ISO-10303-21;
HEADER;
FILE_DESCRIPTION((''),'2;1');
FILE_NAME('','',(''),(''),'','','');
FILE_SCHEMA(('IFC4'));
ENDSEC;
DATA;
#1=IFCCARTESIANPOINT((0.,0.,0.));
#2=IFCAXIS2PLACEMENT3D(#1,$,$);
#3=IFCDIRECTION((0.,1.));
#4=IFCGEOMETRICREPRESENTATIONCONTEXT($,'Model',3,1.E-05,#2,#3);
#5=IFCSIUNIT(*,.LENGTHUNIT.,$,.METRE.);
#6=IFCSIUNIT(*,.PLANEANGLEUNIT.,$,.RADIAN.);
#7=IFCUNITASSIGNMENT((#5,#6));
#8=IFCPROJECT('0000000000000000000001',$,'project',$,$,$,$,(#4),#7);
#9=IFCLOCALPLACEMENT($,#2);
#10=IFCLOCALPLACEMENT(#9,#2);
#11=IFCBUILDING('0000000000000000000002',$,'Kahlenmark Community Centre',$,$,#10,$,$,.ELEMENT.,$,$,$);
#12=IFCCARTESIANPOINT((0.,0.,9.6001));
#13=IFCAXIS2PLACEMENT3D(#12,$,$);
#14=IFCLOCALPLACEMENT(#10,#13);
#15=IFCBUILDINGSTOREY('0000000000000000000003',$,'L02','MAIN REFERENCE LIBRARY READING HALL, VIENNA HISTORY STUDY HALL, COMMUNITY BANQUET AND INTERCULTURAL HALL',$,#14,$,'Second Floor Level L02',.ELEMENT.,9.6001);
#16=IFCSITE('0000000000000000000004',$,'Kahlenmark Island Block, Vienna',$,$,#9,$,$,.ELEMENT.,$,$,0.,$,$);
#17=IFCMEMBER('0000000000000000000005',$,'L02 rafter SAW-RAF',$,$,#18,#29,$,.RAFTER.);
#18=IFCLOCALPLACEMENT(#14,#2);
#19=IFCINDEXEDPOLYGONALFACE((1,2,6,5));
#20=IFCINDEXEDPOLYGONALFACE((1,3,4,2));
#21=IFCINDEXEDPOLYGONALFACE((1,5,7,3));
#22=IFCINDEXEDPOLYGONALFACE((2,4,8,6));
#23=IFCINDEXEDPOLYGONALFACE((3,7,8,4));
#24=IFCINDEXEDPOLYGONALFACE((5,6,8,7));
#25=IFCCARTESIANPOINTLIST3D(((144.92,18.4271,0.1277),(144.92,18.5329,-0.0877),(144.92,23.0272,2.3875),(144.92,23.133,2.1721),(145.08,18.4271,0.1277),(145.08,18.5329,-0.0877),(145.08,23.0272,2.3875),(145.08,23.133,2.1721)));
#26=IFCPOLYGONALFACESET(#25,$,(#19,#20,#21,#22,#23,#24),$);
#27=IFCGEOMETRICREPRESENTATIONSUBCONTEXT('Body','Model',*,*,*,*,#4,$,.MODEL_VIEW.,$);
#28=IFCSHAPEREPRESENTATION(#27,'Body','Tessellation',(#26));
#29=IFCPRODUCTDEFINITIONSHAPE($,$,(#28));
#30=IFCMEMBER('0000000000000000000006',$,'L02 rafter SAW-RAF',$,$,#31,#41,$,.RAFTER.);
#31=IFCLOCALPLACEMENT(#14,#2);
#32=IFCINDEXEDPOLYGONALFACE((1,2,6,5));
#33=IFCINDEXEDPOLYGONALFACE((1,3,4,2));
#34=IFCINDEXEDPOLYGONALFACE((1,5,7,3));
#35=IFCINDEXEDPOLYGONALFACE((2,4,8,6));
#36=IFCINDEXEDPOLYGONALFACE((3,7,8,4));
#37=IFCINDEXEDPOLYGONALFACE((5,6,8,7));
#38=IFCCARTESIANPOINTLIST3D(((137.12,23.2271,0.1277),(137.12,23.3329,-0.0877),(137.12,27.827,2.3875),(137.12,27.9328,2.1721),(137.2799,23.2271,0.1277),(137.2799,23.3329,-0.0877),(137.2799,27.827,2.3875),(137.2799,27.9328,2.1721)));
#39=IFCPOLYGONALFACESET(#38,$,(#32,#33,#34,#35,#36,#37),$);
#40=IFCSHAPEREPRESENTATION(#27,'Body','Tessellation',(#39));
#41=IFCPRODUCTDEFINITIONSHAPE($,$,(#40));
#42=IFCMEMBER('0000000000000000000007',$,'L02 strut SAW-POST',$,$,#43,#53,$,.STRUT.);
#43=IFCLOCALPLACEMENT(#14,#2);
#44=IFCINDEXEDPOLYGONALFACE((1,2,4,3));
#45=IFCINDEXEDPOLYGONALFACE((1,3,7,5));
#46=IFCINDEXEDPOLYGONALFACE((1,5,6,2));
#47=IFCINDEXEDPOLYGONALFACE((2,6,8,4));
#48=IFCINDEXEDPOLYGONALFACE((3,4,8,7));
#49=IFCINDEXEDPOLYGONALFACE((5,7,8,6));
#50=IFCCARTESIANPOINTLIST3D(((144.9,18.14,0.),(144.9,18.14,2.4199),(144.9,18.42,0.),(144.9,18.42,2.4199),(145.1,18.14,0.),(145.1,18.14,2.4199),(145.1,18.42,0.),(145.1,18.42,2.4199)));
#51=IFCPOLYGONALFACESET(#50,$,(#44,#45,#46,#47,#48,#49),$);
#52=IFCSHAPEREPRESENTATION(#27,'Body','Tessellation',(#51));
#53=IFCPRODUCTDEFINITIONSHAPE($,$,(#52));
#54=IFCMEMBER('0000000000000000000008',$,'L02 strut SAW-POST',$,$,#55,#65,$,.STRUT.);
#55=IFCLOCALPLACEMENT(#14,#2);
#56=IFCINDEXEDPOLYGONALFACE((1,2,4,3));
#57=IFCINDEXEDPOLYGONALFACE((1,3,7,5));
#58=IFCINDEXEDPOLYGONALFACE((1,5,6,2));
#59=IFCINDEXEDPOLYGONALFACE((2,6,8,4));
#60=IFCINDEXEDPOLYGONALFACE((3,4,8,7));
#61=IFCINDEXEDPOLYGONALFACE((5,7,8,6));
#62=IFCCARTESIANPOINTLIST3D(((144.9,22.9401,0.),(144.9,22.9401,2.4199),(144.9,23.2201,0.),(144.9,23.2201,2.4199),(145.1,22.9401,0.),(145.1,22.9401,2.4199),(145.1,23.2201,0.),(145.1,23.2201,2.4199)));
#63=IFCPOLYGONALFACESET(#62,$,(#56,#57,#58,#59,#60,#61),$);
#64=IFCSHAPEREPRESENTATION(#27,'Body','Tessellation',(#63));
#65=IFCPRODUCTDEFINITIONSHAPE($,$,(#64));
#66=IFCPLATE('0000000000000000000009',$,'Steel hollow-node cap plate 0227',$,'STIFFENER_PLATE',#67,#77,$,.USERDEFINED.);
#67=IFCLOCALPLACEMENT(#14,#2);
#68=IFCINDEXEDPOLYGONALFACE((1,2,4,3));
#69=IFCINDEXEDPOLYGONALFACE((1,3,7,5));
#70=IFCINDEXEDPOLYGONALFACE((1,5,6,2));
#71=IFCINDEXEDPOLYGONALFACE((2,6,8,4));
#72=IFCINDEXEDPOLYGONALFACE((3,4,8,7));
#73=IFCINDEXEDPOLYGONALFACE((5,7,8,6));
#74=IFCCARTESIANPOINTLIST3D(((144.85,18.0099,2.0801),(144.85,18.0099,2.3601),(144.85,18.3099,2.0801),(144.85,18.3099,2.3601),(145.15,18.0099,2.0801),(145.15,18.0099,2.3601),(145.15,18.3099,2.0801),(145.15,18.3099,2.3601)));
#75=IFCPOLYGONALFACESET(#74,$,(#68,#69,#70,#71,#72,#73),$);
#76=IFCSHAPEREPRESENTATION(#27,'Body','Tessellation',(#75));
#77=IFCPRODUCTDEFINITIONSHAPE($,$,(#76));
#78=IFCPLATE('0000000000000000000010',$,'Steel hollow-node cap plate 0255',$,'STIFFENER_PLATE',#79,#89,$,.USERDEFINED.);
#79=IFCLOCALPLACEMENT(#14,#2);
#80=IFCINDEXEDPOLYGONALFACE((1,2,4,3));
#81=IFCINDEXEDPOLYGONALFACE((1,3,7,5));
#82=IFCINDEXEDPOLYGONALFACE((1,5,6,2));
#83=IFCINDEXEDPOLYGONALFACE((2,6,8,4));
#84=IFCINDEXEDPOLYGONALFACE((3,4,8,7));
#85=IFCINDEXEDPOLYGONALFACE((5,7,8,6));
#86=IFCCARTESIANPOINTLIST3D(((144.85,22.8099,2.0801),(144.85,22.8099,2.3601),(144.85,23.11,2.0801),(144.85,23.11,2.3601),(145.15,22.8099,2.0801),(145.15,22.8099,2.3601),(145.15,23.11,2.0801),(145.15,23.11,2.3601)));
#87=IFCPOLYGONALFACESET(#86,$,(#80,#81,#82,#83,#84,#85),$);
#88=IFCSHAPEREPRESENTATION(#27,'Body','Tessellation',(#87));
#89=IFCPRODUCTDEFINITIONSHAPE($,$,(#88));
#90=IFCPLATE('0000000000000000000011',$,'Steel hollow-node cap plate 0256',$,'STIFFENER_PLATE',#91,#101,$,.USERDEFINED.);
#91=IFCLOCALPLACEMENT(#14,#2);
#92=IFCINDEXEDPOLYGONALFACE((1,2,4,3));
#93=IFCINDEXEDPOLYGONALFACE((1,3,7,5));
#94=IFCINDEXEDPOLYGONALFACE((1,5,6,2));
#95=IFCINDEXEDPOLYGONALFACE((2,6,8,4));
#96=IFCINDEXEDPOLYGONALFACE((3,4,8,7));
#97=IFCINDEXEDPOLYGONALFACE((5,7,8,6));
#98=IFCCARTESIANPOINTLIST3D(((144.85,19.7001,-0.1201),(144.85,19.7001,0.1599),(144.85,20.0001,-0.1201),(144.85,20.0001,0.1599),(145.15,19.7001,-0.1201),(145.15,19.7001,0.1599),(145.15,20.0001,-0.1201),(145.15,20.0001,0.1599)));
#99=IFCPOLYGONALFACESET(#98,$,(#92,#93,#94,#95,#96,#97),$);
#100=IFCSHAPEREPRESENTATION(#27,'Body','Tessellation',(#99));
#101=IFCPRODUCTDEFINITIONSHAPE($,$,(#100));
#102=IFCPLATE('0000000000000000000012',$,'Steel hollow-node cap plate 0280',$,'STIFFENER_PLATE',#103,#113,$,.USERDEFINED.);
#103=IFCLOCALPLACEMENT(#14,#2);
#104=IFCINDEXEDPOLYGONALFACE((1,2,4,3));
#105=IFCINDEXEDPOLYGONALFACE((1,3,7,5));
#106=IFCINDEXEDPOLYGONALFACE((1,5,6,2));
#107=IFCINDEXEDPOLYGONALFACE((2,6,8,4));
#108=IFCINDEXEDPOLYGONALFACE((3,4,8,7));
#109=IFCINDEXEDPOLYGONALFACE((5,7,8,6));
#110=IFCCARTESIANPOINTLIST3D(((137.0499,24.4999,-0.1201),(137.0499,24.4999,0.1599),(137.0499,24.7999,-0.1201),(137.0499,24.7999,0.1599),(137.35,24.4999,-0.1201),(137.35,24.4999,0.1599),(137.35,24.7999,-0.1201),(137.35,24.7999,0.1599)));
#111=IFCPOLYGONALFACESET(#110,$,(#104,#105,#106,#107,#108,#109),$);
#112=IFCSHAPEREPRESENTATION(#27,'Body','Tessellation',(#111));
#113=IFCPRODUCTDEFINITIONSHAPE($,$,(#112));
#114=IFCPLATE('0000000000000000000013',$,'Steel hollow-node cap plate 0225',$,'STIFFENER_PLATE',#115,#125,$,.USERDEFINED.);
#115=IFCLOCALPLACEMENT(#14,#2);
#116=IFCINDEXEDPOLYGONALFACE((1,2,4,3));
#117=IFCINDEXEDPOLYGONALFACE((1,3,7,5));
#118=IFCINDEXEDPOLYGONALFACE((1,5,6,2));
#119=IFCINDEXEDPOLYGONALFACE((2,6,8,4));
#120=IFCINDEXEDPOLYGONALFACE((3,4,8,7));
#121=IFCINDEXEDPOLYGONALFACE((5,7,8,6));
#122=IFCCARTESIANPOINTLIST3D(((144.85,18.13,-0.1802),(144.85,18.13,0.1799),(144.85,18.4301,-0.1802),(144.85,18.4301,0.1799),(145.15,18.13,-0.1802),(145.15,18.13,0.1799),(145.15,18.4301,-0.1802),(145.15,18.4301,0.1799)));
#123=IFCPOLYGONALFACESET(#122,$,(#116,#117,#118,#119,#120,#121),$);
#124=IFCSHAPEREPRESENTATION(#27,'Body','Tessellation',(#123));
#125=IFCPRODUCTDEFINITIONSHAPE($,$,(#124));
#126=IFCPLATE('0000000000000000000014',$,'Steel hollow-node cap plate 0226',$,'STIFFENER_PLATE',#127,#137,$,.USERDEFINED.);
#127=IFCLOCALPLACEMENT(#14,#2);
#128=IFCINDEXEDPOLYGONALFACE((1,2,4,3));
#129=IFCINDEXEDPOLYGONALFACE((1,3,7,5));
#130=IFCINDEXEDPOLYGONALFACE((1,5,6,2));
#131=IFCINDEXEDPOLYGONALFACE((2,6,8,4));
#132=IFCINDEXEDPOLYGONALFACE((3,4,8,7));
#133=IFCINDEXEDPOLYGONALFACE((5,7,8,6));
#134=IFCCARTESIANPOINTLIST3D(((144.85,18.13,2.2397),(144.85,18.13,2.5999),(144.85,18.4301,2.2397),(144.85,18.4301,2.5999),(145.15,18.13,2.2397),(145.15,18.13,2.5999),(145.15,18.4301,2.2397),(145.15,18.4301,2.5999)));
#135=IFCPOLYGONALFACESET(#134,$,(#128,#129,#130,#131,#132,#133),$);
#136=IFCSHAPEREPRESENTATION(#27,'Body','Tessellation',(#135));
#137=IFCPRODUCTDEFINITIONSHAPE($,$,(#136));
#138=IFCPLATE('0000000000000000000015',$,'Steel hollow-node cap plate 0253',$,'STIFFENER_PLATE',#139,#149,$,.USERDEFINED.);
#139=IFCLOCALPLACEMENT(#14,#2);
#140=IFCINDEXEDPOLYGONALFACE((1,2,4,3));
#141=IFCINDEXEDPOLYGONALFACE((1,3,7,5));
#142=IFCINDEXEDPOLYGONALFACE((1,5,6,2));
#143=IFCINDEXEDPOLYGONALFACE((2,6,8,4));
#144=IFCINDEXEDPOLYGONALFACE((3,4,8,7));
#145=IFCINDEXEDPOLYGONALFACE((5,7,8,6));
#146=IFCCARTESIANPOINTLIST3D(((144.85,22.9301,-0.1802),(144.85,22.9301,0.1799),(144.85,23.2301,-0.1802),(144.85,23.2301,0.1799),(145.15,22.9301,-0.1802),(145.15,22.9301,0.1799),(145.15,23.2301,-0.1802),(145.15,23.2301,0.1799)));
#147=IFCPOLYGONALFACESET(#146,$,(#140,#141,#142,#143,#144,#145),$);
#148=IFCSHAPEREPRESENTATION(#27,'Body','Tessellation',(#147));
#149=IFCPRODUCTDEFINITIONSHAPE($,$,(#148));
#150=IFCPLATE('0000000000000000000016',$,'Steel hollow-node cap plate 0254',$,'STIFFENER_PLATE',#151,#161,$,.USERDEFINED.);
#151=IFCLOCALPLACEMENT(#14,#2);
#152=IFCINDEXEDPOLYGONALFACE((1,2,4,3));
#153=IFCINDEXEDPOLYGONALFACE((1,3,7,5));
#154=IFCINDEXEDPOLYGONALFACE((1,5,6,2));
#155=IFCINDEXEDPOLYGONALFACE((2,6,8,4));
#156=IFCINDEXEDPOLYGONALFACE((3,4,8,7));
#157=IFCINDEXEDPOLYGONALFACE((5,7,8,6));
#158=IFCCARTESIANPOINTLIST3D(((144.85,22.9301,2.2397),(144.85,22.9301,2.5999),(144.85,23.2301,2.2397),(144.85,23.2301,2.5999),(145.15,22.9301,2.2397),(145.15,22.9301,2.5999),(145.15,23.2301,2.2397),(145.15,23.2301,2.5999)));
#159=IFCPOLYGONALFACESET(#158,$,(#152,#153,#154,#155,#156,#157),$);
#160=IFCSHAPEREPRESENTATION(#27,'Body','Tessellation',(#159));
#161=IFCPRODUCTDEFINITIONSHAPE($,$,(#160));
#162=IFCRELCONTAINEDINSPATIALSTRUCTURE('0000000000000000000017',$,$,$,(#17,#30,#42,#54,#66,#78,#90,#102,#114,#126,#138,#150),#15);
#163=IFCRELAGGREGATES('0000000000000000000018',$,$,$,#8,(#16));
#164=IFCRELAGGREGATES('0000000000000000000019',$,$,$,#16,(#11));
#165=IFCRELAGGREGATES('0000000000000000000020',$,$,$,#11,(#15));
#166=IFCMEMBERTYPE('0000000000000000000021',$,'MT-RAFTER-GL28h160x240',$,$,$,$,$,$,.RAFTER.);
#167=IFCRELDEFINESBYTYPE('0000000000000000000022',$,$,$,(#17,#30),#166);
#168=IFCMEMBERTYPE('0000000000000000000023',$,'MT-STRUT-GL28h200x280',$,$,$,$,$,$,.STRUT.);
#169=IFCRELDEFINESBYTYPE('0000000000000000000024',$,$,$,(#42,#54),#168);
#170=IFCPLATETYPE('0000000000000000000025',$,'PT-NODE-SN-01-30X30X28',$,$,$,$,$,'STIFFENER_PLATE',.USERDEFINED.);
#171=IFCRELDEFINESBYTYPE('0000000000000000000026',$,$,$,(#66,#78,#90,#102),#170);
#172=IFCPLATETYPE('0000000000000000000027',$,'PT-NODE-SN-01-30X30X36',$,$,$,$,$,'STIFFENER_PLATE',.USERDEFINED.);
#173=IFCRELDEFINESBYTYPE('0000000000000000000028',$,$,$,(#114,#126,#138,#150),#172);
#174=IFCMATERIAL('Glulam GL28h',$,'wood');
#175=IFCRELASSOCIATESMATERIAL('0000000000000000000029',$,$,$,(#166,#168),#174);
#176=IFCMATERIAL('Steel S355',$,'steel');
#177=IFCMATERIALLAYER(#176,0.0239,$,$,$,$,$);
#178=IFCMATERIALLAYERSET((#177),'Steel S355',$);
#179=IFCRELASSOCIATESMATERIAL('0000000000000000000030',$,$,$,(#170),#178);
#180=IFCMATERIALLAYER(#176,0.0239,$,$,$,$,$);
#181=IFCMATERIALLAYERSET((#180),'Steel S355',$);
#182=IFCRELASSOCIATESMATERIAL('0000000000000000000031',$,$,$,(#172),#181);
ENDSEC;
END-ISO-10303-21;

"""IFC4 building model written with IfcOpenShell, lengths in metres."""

from ifc_helpers import new_model, si_unit, direction, frame, origin, origin_2d, place, context, subcontext, project, spatial, rectangle, extrude, material, layer, layer_set, material_profile, profile_set, type_object, element, save


model = new_model("IFC4")

# Units and contexts
model_context = context("Model", 3, precision=1e-05, world=origin(), true_north=direction((0.0, 1.0)))
body_context = subcontext(model_context, "Body", "Model", "MODEL_VIEW")
ifc_project = project(units=[si_unit("LENGTHUNIT", "METRE"), si_unit("PLANEANGLEUNIT", "RADIAN")], contexts=[model_context])

# Site, building, storey
site_placement = place(None, origin())
site = spatial("IfcSite", under=ifc_project, at=site_placement, Name="Kahlenmark Island Block, Vienna", CompositionType="ELEMENT", RefElevation=0.0)
building_placement = place(site_placement, origin())
building = spatial("IfcBuilding", under=site, at=building_placement, Name="Kahlenmark Community Centre", CompositionType="ELEMENT")
storey_placement = place(building_placement, frame((0.0, 0.0, 9.6001)))
storey = spatial("IfcBuildingStorey", under=building, at=storey_placement, Name="L02", Description="MAIN REFERENCE LIBRARY READING HALL, VIENNA HISTORY STUDY HALL, COMMUNITY BANQUET AND INTERCULTURAL HALL", LongName="Second Floor Level L02", CompositionType="ELEMENT", Elevation=9.6001)

# Members
ifc_material_1 = material(Name="Steel S355", Category="steel")
ifc_material_2 = material(Name="Glulam GL28h", Category="wood")
ifc_material_profile_1 = material_profile(ifc_material_2, rectangle(XDim=0.1599, YDim=0.24, at=origin_2d()), Name="GL28h 160x240")
ifc_profile_set_1 = profile_set([ifc_material_profile_1], Name="Glulam GL28h")
member_type_1 = type_object("IfcMemberType", Name="MT-RAFTER-GL28h160x240", PredefinedType="RAFTER", material=ifc_profile_set_1)
member_1_placement = place(storey_placement, frame((145.0, 18.48, 0.02), z_axis=(0.0, 0.897549, 0.440915), x_axis=(-1.0, 0.0, 0.0)))
element("IfcMember", 1, at=member_1_placement, inside=storey, type_object=member_type_1, Name="L02 rafter SAW-RAF", PredefinedType="RAFTER", context=body_context, shape_type="SweptSolid", body=[
    extrude(rectangle(XDim=0.1599, YDim=0.24, at=origin_2d()), origin(), (0.0, 0.0, 1.0), 5.1252),
])
member_2_placement = place(storey_placement, frame((137.2, 23.28, 0.02), z_axis=(0.0, 0.89754, 0.440934), x_axis=(-1.0, 0.0, 0.0)))
element("IfcMember", 2, at=member_2_placement, inside=storey, type_object=member_type_1, Name="L02 rafter SAW-RAF", PredefinedType="RAFTER", context=body_context, shape_type="SweptSolid", body=[
    extrude(rectangle(XDim=0.1599, YDim=0.24, at=origin_2d()), origin(), (0.0, 0.0, 1.0), 5.125),
])
ifc_material_profile_2 = material_profile(ifc_material_2, rectangle(XDim=0.2, YDim=0.28, at=origin_2d()), Name="GL28h 200x280")
ifc_profile_set_2 = profile_set([ifc_material_profile_2], Name="Glulam GL28h")
member_type_2 = type_object("IfcMemberType", Name="MT-STRUT-GL28h200x280", PredefinedType="STRUT", material=ifc_profile_set_2)
for number, where, z_axis, x_axis, name in (
    (3, (145.0, 18.28, 0.0), (0.0, 0.0, 1.0), (1.0, 0.0, 0.0), "L02 strut SAW-POST"),
    (4, (145.0, 23.0801, 0.0), (0.0, 0.0, 1.0), (1.0, 0.0, 0.0), "L02 strut SAW-POST"),
):
    element("IfcMember", number, at=place(storey_placement, frame(where, z_axis=z_axis, x_axis=x_axis)), inside=storey, type_object=member_type_2, Name=name, PredefinedType="STRUT", context=body_context, shape_type="SweptSolid", body=[
        extrude(rectangle(XDim=0.2, YDim=0.28, at=origin_2d()), origin(), (0.0, 0.0, 1.0), 2.4199),
    ])

# Plates
ifc_layer_1 = layer(ifc_material_1, 0.0239)
ifc_layer_set_1 = layer_set([ifc_layer_1], Name="Steel S355")
plate_type_1 = type_object("IfcPlateType", Name="PT-NODE-SN-01-30X30X28", ElementType="STIFFENER_PLATE", PredefinedType="USERDEFINED", material=ifc_layer_set_1)
for number, where, z_axis, x_axis, name in (
    (5, (145.0, 18.1599, 2.0801), (0.0, 0.0, 1.0), (1.0, 0.0, 0.0), "Steel hollow-node cap plate 0227"),
    (6, (145.0, 22.96, 2.0801), (0.0, 0.0, 1.0), (1.0, 0.0, 0.0), "Steel hollow-node cap plate 0255"),
    (7, (145.0, 19.8501, -0.1201), (0.0, 0.0, 1.0), (1.0, 0.0, 0.0), "Steel hollow-node cap plate 0256"),
    (8, (137.2, 24.6499, -0.1201), (0.0, 0.0, 1.0), (1.0, 0.0, 0.0), "Steel hollow-node cap plate 0280"),
):
    element("IfcPlate", number, at=place(storey_placement, frame(where, z_axis=z_axis, x_axis=x_axis)), inside=storey, type_object=plate_type_1, Name=name, ObjectType="STIFFENER_PLATE", PredefinedType="USERDEFINED", context=body_context, shape_type="SweptSolid", body=[
        extrude(rectangle(XDim=0.3, YDim=0.3, at=origin_2d()), origin(), (0.0, 0.0, 1.0), 0.28),
    ])
ifc_layer_2 = layer(ifc_material_1, 0.0239)
ifc_layer_set_2 = layer_set([ifc_layer_2], Name="Steel S355")
plate_type_2 = type_object("IfcPlateType", Name="PT-NODE-SN-01-30X30X36", ElementType="STIFFENER_PLATE", PredefinedType="USERDEFINED", material=ifc_layer_set_2)
for number, where, z_axis, x_axis, name in (
    (9, (145.0, 18.28, -0.1802), (0.0, 0.0, 1.0), (1.0, 0.0, 0.0), "Steel hollow-node cap plate 0225"),
    (10, (145.0, 18.28, 2.2397), (0.0, 0.0, 1.0), (1.0, 0.0, 0.0), "Steel hollow-node cap plate 0226"),
    (11, (145.0, 23.0801, -0.1802), (0.0, 0.0, 1.0), (1.0, 0.0, 0.0), "Steel hollow-node cap plate 0253"),
    (12, (145.0, 23.0801, 2.2397), (0.0, 0.0, 1.0), (1.0, 0.0, 0.0), "Steel hollow-node cap plate 0254"),
):
    element("IfcPlate", number, at=place(storey_placement, frame(where, z_axis=z_axis, x_axis=x_axis)), inside=storey, type_object=plate_type_2, Name=name, ObjectType="STIFFENER_PLATE", PredefinedType="USERDEFINED", context=body_context, shape_type="SweptSolid", body=[
        extrude(rectangle(XDim=0.3, YDim=0.3, at=origin_2d()), origin(), (0.0, 0.0, 1.0), 0.3601),
    ])

save(model, "model.ifc")
